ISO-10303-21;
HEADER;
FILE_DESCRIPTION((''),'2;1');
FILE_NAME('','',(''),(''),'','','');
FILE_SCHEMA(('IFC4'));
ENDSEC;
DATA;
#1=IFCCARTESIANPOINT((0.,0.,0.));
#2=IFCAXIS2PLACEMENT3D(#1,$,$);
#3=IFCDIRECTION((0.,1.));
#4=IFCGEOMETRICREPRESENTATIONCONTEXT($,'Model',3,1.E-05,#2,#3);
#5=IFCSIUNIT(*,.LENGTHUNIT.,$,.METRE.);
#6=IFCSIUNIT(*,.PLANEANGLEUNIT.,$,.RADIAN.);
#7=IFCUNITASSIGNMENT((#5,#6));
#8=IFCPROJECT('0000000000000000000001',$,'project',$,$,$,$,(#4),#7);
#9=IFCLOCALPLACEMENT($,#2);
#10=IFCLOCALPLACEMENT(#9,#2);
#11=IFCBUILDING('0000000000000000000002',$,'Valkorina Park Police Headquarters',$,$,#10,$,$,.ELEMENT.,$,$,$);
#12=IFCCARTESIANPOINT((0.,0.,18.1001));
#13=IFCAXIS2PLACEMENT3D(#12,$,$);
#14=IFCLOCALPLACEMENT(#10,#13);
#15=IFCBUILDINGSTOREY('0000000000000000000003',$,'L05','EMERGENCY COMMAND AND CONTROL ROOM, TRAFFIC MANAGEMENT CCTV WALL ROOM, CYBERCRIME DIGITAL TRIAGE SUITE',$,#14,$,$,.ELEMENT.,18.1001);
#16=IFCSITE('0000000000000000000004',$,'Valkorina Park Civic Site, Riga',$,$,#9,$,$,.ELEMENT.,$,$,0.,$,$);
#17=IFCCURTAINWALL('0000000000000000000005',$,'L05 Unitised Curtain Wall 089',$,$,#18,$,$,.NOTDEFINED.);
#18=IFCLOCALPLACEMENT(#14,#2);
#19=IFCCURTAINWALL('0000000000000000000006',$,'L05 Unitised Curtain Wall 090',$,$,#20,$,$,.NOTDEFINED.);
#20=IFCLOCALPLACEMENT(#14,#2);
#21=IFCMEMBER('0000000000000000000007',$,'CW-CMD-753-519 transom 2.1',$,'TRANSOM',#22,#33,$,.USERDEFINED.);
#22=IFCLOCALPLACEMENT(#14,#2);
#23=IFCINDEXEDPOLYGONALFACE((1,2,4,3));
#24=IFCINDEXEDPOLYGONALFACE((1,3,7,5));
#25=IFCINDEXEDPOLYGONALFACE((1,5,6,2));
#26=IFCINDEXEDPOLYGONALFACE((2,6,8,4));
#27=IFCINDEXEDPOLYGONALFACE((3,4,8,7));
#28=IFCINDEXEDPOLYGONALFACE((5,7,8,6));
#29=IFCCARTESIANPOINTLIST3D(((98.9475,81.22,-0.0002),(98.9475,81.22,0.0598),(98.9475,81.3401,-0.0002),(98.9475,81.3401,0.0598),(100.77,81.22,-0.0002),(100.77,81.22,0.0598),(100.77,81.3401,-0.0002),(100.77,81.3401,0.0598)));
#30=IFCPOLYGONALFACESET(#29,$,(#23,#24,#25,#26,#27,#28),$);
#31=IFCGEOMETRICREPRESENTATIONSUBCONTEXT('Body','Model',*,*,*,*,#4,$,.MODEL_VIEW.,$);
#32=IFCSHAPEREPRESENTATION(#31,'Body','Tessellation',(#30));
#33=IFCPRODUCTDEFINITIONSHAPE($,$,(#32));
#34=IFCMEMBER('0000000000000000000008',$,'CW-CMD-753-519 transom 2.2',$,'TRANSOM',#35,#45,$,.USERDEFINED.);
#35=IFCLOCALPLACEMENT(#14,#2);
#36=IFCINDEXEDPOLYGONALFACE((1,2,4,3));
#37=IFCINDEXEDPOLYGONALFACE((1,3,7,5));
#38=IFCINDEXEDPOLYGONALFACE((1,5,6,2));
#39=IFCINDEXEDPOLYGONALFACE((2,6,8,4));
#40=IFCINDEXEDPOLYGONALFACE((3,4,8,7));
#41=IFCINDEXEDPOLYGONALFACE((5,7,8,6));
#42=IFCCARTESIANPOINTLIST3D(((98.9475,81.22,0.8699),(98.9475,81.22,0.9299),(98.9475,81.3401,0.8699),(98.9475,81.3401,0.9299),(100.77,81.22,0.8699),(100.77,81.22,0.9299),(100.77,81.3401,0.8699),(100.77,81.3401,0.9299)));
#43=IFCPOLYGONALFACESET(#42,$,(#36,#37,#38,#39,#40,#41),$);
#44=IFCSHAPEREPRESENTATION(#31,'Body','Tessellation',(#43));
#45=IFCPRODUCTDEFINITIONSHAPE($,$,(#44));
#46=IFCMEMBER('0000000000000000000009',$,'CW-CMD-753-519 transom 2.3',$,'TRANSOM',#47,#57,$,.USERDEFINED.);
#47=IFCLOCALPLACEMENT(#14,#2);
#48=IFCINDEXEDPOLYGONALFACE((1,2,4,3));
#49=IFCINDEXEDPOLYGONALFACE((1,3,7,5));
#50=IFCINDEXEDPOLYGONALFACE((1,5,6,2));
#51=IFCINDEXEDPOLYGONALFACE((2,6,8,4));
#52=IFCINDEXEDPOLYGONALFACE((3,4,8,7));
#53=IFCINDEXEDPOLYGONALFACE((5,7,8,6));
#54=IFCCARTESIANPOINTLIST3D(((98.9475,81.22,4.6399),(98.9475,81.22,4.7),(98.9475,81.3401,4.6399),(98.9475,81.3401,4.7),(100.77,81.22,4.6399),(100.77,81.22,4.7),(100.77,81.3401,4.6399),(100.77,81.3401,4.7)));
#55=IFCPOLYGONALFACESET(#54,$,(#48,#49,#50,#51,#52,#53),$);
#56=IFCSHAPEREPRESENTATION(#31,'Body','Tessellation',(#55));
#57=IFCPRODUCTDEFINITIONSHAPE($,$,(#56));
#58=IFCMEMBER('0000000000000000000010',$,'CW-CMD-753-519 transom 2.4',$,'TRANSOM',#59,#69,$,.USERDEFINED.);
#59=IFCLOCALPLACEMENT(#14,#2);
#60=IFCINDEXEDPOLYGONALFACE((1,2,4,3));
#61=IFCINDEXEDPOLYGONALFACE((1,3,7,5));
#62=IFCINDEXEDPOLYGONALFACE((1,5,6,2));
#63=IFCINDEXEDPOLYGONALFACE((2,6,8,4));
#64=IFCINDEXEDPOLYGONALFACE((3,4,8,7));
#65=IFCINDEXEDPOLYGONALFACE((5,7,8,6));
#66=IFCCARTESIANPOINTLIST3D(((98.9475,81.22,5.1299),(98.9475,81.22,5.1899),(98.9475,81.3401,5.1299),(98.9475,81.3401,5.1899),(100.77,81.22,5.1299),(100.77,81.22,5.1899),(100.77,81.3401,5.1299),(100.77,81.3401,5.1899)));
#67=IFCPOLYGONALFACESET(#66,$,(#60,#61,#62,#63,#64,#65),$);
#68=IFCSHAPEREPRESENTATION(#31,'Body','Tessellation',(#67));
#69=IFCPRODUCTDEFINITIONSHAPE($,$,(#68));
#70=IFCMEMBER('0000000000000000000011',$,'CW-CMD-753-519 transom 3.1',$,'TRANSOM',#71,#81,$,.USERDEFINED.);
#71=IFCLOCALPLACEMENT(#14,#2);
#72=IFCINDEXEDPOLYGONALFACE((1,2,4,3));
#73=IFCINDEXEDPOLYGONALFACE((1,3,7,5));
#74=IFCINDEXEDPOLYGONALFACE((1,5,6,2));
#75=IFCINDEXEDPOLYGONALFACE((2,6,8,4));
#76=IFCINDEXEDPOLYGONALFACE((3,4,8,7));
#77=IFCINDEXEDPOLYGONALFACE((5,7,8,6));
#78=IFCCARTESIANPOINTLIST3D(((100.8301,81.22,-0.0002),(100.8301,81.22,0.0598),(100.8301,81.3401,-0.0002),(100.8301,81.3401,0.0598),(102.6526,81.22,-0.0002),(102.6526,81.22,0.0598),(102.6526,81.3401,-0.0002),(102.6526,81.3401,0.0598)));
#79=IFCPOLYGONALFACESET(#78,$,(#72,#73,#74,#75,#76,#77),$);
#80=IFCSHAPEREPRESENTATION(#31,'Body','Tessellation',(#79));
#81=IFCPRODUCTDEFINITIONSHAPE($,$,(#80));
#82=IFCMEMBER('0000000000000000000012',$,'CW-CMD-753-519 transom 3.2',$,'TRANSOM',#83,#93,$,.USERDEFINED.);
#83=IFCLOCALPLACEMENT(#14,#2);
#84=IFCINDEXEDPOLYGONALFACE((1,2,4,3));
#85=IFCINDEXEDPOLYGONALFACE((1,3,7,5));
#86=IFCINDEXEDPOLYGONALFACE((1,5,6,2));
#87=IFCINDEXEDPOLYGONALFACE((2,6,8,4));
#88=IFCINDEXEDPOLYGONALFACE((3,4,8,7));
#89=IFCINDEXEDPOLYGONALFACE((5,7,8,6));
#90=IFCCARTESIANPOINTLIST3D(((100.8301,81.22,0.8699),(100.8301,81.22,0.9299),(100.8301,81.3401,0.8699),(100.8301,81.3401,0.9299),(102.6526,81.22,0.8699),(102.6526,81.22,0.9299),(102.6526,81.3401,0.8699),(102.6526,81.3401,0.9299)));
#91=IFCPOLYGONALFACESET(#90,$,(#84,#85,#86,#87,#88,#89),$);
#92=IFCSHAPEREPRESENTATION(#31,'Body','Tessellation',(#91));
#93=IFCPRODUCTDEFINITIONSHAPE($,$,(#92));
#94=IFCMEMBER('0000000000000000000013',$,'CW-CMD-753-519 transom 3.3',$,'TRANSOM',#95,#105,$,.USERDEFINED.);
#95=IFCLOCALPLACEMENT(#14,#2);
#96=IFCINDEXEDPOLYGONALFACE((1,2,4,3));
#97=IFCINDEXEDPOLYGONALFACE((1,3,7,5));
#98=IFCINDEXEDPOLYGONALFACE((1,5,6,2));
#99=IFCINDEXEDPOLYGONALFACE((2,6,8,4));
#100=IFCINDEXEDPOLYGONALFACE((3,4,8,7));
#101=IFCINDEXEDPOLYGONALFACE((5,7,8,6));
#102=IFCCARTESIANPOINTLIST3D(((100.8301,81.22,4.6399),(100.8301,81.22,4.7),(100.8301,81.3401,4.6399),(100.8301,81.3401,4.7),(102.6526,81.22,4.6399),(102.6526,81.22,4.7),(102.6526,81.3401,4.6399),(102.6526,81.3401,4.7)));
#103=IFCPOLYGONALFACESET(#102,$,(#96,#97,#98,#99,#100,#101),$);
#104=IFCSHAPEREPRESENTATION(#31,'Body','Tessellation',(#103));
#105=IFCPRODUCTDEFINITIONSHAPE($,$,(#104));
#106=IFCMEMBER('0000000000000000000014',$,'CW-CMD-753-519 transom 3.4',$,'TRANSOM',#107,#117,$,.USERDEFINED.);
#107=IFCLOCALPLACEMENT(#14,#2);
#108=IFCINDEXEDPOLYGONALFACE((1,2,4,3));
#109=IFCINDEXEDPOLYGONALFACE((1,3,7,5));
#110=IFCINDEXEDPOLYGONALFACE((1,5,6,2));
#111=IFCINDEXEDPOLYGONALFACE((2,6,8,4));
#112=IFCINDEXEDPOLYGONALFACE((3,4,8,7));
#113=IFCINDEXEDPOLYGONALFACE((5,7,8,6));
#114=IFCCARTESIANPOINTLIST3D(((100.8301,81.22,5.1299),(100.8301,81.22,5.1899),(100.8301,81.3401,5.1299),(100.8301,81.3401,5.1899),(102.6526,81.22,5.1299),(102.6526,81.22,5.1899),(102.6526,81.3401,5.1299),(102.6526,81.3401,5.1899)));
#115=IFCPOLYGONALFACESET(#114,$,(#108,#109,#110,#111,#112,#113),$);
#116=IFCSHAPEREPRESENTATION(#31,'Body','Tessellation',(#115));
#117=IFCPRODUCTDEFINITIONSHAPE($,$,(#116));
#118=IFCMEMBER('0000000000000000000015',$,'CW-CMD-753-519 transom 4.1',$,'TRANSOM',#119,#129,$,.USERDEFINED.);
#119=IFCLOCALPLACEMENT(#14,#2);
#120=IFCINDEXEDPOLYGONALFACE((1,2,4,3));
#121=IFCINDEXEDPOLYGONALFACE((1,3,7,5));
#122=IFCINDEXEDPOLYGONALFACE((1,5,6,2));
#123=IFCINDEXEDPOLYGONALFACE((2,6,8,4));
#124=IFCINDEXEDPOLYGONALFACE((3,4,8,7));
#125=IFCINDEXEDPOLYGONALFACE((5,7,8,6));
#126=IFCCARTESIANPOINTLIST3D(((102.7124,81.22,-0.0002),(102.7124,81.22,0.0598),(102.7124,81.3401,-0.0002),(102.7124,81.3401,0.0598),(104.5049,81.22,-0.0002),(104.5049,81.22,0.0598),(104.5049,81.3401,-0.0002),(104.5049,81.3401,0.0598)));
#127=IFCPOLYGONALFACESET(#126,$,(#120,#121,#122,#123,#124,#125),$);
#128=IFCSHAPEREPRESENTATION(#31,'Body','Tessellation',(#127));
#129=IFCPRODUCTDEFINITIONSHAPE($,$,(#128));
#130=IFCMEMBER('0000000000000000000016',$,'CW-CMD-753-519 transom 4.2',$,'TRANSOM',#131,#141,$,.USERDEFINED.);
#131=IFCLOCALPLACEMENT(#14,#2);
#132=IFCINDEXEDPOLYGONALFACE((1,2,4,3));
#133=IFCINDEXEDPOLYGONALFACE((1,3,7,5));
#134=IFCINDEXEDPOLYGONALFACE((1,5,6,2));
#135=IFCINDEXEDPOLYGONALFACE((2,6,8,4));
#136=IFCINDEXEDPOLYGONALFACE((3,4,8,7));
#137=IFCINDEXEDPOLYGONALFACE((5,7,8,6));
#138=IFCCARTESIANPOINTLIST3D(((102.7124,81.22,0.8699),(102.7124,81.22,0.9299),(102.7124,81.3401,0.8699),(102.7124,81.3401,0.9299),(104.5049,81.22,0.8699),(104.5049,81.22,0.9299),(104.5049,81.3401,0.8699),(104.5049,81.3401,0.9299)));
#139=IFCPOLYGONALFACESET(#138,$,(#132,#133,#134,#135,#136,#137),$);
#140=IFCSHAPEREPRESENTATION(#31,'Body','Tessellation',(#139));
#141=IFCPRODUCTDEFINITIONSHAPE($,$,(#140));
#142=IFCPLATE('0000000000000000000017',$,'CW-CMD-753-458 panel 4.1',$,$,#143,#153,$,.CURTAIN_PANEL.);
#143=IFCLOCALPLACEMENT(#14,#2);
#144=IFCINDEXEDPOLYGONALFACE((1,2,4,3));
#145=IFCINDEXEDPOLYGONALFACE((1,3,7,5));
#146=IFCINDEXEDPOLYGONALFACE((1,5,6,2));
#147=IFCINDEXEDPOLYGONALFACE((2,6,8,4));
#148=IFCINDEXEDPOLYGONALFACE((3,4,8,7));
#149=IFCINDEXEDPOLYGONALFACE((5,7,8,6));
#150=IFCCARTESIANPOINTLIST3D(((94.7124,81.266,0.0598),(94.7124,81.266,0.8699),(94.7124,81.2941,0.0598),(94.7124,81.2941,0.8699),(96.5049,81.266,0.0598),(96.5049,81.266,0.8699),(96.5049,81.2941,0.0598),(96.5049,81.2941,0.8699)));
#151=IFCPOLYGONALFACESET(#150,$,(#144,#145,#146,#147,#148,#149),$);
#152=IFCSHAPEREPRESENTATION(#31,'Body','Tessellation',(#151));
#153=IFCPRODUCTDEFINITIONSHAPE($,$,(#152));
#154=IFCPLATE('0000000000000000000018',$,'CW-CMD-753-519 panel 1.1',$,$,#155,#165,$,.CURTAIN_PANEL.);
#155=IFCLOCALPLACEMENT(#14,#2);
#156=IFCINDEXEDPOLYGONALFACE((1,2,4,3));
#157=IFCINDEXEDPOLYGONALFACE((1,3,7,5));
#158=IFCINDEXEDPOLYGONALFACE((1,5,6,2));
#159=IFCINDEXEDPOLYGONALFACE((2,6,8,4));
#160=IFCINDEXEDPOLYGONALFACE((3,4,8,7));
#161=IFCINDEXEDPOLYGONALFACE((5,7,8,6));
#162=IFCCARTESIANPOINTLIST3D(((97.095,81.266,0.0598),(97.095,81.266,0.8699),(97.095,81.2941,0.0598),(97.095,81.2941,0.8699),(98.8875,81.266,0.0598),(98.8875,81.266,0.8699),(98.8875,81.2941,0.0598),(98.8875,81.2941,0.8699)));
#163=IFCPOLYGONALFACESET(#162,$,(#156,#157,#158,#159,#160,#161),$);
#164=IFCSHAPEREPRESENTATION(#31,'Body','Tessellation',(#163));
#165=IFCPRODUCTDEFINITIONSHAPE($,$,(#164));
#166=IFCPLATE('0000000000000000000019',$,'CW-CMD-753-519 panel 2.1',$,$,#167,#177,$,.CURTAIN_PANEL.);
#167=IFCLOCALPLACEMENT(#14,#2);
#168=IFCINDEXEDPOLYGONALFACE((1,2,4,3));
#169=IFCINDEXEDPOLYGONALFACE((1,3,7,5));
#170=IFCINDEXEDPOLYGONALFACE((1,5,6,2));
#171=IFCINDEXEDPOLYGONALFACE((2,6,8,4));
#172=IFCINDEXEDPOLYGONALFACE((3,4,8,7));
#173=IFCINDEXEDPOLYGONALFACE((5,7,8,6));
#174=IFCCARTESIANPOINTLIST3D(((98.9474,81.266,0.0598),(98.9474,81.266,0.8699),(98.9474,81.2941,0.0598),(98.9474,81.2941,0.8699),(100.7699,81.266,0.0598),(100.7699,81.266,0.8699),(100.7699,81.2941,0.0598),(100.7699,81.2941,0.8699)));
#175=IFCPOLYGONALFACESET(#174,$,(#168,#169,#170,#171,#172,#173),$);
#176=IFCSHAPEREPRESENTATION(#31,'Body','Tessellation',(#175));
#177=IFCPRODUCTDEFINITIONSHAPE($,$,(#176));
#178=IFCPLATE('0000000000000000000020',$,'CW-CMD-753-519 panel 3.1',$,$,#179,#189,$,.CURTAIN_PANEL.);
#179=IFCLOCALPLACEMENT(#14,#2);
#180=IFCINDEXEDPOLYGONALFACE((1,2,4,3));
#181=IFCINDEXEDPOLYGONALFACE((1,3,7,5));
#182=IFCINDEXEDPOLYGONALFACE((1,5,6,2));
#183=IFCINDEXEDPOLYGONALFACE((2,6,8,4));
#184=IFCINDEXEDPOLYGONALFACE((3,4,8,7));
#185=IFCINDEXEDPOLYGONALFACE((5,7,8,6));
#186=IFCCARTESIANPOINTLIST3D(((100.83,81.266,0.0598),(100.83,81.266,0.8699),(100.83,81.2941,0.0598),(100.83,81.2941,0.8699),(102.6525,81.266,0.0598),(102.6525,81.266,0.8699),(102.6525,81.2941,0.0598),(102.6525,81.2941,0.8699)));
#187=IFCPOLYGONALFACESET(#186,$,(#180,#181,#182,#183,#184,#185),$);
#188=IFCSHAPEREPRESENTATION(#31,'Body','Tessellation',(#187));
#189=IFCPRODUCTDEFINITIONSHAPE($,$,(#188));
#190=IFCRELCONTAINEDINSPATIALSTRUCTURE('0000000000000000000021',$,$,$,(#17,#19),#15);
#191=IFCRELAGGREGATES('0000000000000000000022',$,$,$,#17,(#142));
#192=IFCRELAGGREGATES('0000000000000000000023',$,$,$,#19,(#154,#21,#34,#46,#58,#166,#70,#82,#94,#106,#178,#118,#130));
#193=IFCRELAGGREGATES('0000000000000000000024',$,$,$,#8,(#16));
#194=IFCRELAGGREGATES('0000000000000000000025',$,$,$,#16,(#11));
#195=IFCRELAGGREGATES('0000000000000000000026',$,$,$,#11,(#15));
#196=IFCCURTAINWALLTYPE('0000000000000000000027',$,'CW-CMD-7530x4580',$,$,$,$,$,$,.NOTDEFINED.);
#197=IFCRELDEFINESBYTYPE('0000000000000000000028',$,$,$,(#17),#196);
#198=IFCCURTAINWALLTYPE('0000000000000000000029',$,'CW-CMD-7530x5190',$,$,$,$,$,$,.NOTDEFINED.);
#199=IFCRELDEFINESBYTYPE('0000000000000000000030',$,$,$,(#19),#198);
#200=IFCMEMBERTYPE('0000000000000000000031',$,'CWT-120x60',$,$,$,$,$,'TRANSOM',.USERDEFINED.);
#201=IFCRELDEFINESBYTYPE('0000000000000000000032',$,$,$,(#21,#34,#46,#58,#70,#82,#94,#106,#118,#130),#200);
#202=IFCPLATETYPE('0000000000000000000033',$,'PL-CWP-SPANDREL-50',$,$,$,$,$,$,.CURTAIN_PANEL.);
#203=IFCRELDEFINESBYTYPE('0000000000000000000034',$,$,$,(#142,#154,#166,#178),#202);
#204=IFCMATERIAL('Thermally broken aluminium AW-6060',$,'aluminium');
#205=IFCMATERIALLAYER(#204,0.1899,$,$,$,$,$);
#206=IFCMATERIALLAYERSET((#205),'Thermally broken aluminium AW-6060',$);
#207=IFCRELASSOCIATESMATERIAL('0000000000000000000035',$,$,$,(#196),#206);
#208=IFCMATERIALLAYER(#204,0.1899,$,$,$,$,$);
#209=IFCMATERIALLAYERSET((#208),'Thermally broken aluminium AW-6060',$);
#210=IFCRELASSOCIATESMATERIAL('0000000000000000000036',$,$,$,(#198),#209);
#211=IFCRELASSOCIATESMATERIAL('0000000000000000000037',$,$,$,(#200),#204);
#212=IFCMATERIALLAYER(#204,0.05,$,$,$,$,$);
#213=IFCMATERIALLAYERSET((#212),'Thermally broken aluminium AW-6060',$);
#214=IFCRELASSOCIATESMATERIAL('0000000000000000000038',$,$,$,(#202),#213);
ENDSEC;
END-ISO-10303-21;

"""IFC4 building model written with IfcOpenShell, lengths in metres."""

from ifc_helpers import new_model, si_unit, direction, frame, origin, origin_2d, place, context, subcontext, project, spatial, rectangle, extrude, material, layer, layer_set, material_profile, profile_set, type_object, element, aggregate, save


model = new_model("IFC4")

# Units and contexts
model_context = context("Model", 3, precision=1e-05, world=origin(), true_north=direction((0.0, 1.0)))
body_context = subcontext(model_context, "Body", "Model", "MODEL_VIEW")
ifc_project = project(units=[si_unit("LENGTHUNIT", "METRE"), si_unit("PLANEANGLEUNIT", "RADIAN")], contexts=[model_context])

# Site, building, storey
site_placement = place(None, origin())
site = spatial("IfcSite", under=ifc_project, at=site_placement, Name="Valkorina Park Civic Site, Riga", CompositionType="ELEMENT", RefElevation=0.0)
building_placement = place(site_placement, origin())
building = spatial("IfcBuilding", under=site, at=building_placement, Name="Valkorina Park Police Headquarters", CompositionType="ELEMENT")
storey_placement = place(building_placement, frame((0.0, 0.0, 18.1001)))
storey = spatial("IfcBuildingStorey", under=building, at=storey_placement, Name="L05", Description="EMERGENCY COMMAND AND CONTROL ROOM, TRAFFIC MANAGEMENT CCTV WALL ROOM, CYBERCRIME DIGITAL TRIAGE SUITE", CompositionType="ELEMENT", Elevation=18.1001)

# Curtain wall
ifc_material_1 = material(Name="Thermally broken aluminium AW-6060", Category="aluminium")
ifc_layer_1 = layer(ifc_material_1, 0.1899)
ifc_layer_set_1 = layer_set([ifc_layer_1], Name="Thermally broken aluminium AW-6060")
curtain_wall_type_1 = type_object("IfcCurtainWallType", Name="CW-CMD-7530x4580", PredefinedType="NOTDEFINED", material=ifc_layer_set_1)
curtain_wall_1_placement = place(storey_placement, origin())
curtain_wall_1 = element("IfcCurtainWall", 1, at=curtain_wall_1_placement, inside=storey, type_object=curtain_wall_type_1, Name="L05 Unitised Curtain Wall 089", PredefinedType="NOTDEFINED")

# Curtain wall
ifc_layer_2 = layer(ifc_material_1, 0.1899)
ifc_layer_set_2 = layer_set([ifc_layer_2], Name="Thermally broken aluminium AW-6060")
curtain_wall_type_2 = type_object("IfcCurtainWallType", Name="CW-CMD-7530x5190", PredefinedType="NOTDEFINED", material=ifc_layer_set_2)
curtain_wall_2_placement = place(storey_placement, origin())
curtain_wall_2 = element("IfcCurtainWall", 2, at=curtain_wall_2_placement, inside=storey, type_object=curtain_wall_type_2, Name="L05 Unitised Curtain Wall 090", PredefinedType="NOTDEFINED")

# Members
ifc_material_profile_1 = material_profile(ifc_material_1, rectangle(XDim=0.1201, YDim=0.0601, at=origin_2d()), Name="CWT-01 120x60")
ifc_profile_set_1 = profile_set([ifc_material_profile_1], Name="Thermally broken aluminium AW-6060")
member_type_1 = type_object("IfcMemberType", Name="CWT-120x60", ElementType="TRANSOM", PredefinedType="USERDEFINED", material=ifc_profile_set_1)
member_1_placement = place(storey_placement, frame((98.9475, 81.28, 0.0298), z_axis=(1.0, 0.0, 0.0), x_axis=(0.0, 1.0, 0.0)))
member_1 = element("IfcMember", 3, at=member_1_placement, type_object=member_type_1, Name="CW-CMD-753-519 transom 2.1", ObjectType="TRANSOM", PredefinedType="USERDEFINED", context=body_context, shape_type="SweptSolid", body=[
    extrude(rectangle(XDim=0.1201, YDim=0.0601, at=origin_2d()), origin(), (0.0, 0.0, 1.0), 1.8225),
])
member_2_placement = place(storey_placement, frame((98.9475, 81.28, 0.8999), z_axis=(1.0, 0.0, 0.0), x_axis=(0.0, 1.0, 0.0)))
member_2 = element("IfcMember", 4, at=member_2_placement, type_object=member_type_1, Name="CW-CMD-753-519 transom 2.2", ObjectType="TRANSOM", PredefinedType="USERDEFINED", context=body_context, shape_type="SweptSolid", body=[
    extrude(rectangle(XDim=0.1201, YDim=0.0601, at=origin_2d()), origin(), (0.0, 0.0, 1.0), 1.8225),
])
member_3_placement = place(storey_placement, frame((98.9475, 81.28, 4.6699), z_axis=(1.0, 0.0, 0.0), x_axis=(0.0, 1.0, 0.0)))
member_3 = element("IfcMember", 5, at=member_3_placement, type_object=member_type_1, Name="CW-CMD-753-519 transom 2.3", ObjectType="TRANSOM", PredefinedType="USERDEFINED", context=body_context, shape_type="SweptSolid", body=[
    extrude(rectangle(XDim=0.1201, YDim=0.0601, at=origin_2d()), origin(), (0.0, 0.0, 1.0), 1.8225),
])
member_4_placement = place(storey_placement, frame((98.9475, 81.28, 5.1599), z_axis=(1.0, 0.0, 0.0), x_axis=(0.0, 1.0, 0.0)))
member_4 = element("IfcMember", 6, at=member_4_placement, type_object=member_type_1, Name="CW-CMD-753-519 transom 2.4", ObjectType="TRANSOM", PredefinedType="USERDEFINED", context=body_context, shape_type="SweptSolid", body=[
    extrude(rectangle(XDim=0.1201, YDim=0.0601, at=origin_2d()), origin(), (0.0, 0.0, 1.0), 1.8225),
])
member_5_placement = place(storey_placement, frame((100.8301, 81.28, 0.0298), z_axis=(1.0, 0.0, 0.0), x_axis=(0.0, 1.0, 0.0)))
member_5 = element("IfcMember", 7, at=member_5_placement, type_object=member_type_1, Name="CW-CMD-753-519 transom 3.1", ObjectType="TRANSOM", PredefinedType="USERDEFINED", context=body_context, shape_type="SweptSolid", body=[
    extrude(rectangle(XDim=0.1201, YDim=0.0601, at=origin_2d()), origin(), (0.0, 0.0, 1.0), 1.8225),
])
member_6_placement = place(storey_placement, frame((100.8301, 81.28, 0.8999), z_axis=(1.0, 0.0, 0.0), x_axis=(0.0, 1.0, 0.0)))
member_6 = element("IfcMember", 8, at=member_6_placement, type_object=member_type_1, Name="CW-CMD-753-519 transom 3.2", ObjectType="TRANSOM", PredefinedType="USERDEFINED", context=body_context, shape_type="SweptSolid", body=[
    extrude(rectangle(XDim=0.1201, YDim=0.0601, at=origin_2d()), origin(), (0.0, 0.0, 1.0), 1.8225),
])
member_7_placement = place(storey_placement, frame((100.8301, 81.28, 4.6699), z_axis=(1.0, 0.0, 0.0), x_axis=(0.0, 1.0, 0.0)))
member_7 = element("IfcMember", 9, at=member_7_placement, type_object=member_type_1, Name="CW-CMD-753-519 transom 3.3", ObjectType="TRANSOM", PredefinedType="USERDEFINED", context=body_context, shape_type="SweptSolid", body=[
    extrude(rectangle(XDim=0.1201, YDim=0.0601, at=origin_2d()), origin(), (0.0, 0.0, 1.0), 1.8225),
])
member_8_placement = place(storey_placement, frame((100.8301, 81.28, 5.1599), z_axis=(1.0, 0.0, 0.0), x_axis=(0.0, 1.0, 0.0)))
member_8 = element("IfcMember", 10, at=member_8_placement, type_object=member_type_1, Name="CW-CMD-753-519 transom 3.4", ObjectType="TRANSOM", PredefinedType="USERDEFINED", context=body_context, shape_type="SweptSolid", body=[
    extrude(rectangle(XDim=0.1201, YDim=0.0601, at=origin_2d()), origin(), (0.0, 0.0, 1.0), 1.8225),
])
member_9_placement = place(storey_placement, frame((102.7124, 81.28, 0.0298), z_axis=(1.0, 0.0, 0.0), x_axis=(0.0, 1.0, 0.0)))
member_9 = element("IfcMember", 11, at=member_9_placement, type_object=member_type_1, Name="CW-CMD-753-519 transom 4.1", ObjectType="TRANSOM", PredefinedType="USERDEFINED", context=body_context, shape_type="SweptSolid", body=[
    extrude(rectangle(XDim=0.1201, YDim=0.0601, at=origin_2d()), origin(), (0.0, 0.0, 1.0), 1.7925),
])
member_10_placement = place(storey_placement, frame((102.7124, 81.28, 0.8999), z_axis=(1.0, 0.0, 0.0), x_axis=(0.0, 1.0, 0.0)))
member_10 = element("IfcMember", 12, at=member_10_placement, type_object=member_type_1, Name="CW-CMD-753-519 transom 4.2", ObjectType="TRANSOM", PredefinedType="USERDEFINED", context=body_context, shape_type="SweptSolid", body=[
    extrude(rectangle(XDim=0.1201, YDim=0.0601, at=origin_2d()), origin(), (0.0, 0.0, 1.0), 1.7925),
])

# Plates
ifc_layer_3 = layer(ifc_material_1, 0.05)
ifc_layer_set_3 = layer_set([ifc_layer_3], Name="Thermally broken aluminium AW-6060")
plate_type_1 = type_object("IfcPlateType", Name="PL-CWP-SPANDREL-50", PredefinedType="CURTAIN_PANEL", material=ifc_layer_set_3)
plate_1_placement = place(storey_placement, frame((95.6086, 81.28, 0.0598), z_axis=(0.0, 0.0, 1.0), x_axis=(1.0, 0.0, 0.0)))
plate_1 = element("IfcPlate", 13, at=plate_1_placement, type_object=plate_type_1, Name="CW-CMD-753-458 panel 4.1", PredefinedType="CURTAIN_PANEL", context=body_context, shape_type="SweptSolid", body=[
    extrude(rectangle(XDim=1.7925, YDim=0.0281, at=origin_2d()), origin(), (0.0, 0.0, 1.0), 0.8101),
])
plate_2_placement = place(storey_placement, frame((97.9912, 81.28, 0.0598), z_axis=(0.0, 0.0, 1.0), x_axis=(1.0, 0.0, 0.0)))
plate_2 = element("IfcPlate", 14, at=plate_2_placement, type_object=plate_type_1, Name="CW-CMD-753-519 panel 1.1", PredefinedType="CURTAIN_PANEL", context=body_context, shape_type="SweptSolid", body=[
    extrude(rectangle(XDim=1.7925, YDim=0.0281, at=origin_2d()), origin(), (0.0, 0.0, 1.0), 0.8101),
])
plate_3_placement = place(storey_placement, frame((99.8586, 81.28, 0.0598), z_axis=(0.0, 0.0, 1.0), x_axis=(1.0, 0.0, 0.0)))
plate_3 = element("IfcPlate", 15, at=plate_3_placement, type_object=plate_type_1, Name="CW-CMD-753-519 panel 2.1", PredefinedType="CURTAIN_PANEL", context=body_context, shape_type="SweptSolid", body=[
    extrude(rectangle(XDim=1.8225, YDim=0.0281, at=origin_2d()), origin(), (0.0, 0.0, 1.0), 0.8101),
])
plate_4_placement = place(storey_placement, frame((101.7412, 81.28, 0.0598), z_axis=(0.0, 0.0, 1.0), x_axis=(1.0, 0.0, 0.0)))
plate_4 = element("IfcPlate", 16, at=plate_4_placement, type_object=plate_type_1, Name="CW-CMD-753-519 panel 3.1", PredefinedType="CURTAIN_PANEL", context=body_context, shape_type="SweptSolid", body=[
    extrude(rectangle(XDim=1.8225, YDim=0.0281, at=origin_2d()), origin(), (0.0, 0.0, 1.0), 0.8101),
])
aggregate(curtain_wall_1, [plate_1])
aggregate(curtain_wall_2, [plate_2, member_1, member_2, member_3, member_4, plate_3, member_5, member_6, member_7, member_8, plate_4, member_9, member_10])

save(model, "model.ifc")
